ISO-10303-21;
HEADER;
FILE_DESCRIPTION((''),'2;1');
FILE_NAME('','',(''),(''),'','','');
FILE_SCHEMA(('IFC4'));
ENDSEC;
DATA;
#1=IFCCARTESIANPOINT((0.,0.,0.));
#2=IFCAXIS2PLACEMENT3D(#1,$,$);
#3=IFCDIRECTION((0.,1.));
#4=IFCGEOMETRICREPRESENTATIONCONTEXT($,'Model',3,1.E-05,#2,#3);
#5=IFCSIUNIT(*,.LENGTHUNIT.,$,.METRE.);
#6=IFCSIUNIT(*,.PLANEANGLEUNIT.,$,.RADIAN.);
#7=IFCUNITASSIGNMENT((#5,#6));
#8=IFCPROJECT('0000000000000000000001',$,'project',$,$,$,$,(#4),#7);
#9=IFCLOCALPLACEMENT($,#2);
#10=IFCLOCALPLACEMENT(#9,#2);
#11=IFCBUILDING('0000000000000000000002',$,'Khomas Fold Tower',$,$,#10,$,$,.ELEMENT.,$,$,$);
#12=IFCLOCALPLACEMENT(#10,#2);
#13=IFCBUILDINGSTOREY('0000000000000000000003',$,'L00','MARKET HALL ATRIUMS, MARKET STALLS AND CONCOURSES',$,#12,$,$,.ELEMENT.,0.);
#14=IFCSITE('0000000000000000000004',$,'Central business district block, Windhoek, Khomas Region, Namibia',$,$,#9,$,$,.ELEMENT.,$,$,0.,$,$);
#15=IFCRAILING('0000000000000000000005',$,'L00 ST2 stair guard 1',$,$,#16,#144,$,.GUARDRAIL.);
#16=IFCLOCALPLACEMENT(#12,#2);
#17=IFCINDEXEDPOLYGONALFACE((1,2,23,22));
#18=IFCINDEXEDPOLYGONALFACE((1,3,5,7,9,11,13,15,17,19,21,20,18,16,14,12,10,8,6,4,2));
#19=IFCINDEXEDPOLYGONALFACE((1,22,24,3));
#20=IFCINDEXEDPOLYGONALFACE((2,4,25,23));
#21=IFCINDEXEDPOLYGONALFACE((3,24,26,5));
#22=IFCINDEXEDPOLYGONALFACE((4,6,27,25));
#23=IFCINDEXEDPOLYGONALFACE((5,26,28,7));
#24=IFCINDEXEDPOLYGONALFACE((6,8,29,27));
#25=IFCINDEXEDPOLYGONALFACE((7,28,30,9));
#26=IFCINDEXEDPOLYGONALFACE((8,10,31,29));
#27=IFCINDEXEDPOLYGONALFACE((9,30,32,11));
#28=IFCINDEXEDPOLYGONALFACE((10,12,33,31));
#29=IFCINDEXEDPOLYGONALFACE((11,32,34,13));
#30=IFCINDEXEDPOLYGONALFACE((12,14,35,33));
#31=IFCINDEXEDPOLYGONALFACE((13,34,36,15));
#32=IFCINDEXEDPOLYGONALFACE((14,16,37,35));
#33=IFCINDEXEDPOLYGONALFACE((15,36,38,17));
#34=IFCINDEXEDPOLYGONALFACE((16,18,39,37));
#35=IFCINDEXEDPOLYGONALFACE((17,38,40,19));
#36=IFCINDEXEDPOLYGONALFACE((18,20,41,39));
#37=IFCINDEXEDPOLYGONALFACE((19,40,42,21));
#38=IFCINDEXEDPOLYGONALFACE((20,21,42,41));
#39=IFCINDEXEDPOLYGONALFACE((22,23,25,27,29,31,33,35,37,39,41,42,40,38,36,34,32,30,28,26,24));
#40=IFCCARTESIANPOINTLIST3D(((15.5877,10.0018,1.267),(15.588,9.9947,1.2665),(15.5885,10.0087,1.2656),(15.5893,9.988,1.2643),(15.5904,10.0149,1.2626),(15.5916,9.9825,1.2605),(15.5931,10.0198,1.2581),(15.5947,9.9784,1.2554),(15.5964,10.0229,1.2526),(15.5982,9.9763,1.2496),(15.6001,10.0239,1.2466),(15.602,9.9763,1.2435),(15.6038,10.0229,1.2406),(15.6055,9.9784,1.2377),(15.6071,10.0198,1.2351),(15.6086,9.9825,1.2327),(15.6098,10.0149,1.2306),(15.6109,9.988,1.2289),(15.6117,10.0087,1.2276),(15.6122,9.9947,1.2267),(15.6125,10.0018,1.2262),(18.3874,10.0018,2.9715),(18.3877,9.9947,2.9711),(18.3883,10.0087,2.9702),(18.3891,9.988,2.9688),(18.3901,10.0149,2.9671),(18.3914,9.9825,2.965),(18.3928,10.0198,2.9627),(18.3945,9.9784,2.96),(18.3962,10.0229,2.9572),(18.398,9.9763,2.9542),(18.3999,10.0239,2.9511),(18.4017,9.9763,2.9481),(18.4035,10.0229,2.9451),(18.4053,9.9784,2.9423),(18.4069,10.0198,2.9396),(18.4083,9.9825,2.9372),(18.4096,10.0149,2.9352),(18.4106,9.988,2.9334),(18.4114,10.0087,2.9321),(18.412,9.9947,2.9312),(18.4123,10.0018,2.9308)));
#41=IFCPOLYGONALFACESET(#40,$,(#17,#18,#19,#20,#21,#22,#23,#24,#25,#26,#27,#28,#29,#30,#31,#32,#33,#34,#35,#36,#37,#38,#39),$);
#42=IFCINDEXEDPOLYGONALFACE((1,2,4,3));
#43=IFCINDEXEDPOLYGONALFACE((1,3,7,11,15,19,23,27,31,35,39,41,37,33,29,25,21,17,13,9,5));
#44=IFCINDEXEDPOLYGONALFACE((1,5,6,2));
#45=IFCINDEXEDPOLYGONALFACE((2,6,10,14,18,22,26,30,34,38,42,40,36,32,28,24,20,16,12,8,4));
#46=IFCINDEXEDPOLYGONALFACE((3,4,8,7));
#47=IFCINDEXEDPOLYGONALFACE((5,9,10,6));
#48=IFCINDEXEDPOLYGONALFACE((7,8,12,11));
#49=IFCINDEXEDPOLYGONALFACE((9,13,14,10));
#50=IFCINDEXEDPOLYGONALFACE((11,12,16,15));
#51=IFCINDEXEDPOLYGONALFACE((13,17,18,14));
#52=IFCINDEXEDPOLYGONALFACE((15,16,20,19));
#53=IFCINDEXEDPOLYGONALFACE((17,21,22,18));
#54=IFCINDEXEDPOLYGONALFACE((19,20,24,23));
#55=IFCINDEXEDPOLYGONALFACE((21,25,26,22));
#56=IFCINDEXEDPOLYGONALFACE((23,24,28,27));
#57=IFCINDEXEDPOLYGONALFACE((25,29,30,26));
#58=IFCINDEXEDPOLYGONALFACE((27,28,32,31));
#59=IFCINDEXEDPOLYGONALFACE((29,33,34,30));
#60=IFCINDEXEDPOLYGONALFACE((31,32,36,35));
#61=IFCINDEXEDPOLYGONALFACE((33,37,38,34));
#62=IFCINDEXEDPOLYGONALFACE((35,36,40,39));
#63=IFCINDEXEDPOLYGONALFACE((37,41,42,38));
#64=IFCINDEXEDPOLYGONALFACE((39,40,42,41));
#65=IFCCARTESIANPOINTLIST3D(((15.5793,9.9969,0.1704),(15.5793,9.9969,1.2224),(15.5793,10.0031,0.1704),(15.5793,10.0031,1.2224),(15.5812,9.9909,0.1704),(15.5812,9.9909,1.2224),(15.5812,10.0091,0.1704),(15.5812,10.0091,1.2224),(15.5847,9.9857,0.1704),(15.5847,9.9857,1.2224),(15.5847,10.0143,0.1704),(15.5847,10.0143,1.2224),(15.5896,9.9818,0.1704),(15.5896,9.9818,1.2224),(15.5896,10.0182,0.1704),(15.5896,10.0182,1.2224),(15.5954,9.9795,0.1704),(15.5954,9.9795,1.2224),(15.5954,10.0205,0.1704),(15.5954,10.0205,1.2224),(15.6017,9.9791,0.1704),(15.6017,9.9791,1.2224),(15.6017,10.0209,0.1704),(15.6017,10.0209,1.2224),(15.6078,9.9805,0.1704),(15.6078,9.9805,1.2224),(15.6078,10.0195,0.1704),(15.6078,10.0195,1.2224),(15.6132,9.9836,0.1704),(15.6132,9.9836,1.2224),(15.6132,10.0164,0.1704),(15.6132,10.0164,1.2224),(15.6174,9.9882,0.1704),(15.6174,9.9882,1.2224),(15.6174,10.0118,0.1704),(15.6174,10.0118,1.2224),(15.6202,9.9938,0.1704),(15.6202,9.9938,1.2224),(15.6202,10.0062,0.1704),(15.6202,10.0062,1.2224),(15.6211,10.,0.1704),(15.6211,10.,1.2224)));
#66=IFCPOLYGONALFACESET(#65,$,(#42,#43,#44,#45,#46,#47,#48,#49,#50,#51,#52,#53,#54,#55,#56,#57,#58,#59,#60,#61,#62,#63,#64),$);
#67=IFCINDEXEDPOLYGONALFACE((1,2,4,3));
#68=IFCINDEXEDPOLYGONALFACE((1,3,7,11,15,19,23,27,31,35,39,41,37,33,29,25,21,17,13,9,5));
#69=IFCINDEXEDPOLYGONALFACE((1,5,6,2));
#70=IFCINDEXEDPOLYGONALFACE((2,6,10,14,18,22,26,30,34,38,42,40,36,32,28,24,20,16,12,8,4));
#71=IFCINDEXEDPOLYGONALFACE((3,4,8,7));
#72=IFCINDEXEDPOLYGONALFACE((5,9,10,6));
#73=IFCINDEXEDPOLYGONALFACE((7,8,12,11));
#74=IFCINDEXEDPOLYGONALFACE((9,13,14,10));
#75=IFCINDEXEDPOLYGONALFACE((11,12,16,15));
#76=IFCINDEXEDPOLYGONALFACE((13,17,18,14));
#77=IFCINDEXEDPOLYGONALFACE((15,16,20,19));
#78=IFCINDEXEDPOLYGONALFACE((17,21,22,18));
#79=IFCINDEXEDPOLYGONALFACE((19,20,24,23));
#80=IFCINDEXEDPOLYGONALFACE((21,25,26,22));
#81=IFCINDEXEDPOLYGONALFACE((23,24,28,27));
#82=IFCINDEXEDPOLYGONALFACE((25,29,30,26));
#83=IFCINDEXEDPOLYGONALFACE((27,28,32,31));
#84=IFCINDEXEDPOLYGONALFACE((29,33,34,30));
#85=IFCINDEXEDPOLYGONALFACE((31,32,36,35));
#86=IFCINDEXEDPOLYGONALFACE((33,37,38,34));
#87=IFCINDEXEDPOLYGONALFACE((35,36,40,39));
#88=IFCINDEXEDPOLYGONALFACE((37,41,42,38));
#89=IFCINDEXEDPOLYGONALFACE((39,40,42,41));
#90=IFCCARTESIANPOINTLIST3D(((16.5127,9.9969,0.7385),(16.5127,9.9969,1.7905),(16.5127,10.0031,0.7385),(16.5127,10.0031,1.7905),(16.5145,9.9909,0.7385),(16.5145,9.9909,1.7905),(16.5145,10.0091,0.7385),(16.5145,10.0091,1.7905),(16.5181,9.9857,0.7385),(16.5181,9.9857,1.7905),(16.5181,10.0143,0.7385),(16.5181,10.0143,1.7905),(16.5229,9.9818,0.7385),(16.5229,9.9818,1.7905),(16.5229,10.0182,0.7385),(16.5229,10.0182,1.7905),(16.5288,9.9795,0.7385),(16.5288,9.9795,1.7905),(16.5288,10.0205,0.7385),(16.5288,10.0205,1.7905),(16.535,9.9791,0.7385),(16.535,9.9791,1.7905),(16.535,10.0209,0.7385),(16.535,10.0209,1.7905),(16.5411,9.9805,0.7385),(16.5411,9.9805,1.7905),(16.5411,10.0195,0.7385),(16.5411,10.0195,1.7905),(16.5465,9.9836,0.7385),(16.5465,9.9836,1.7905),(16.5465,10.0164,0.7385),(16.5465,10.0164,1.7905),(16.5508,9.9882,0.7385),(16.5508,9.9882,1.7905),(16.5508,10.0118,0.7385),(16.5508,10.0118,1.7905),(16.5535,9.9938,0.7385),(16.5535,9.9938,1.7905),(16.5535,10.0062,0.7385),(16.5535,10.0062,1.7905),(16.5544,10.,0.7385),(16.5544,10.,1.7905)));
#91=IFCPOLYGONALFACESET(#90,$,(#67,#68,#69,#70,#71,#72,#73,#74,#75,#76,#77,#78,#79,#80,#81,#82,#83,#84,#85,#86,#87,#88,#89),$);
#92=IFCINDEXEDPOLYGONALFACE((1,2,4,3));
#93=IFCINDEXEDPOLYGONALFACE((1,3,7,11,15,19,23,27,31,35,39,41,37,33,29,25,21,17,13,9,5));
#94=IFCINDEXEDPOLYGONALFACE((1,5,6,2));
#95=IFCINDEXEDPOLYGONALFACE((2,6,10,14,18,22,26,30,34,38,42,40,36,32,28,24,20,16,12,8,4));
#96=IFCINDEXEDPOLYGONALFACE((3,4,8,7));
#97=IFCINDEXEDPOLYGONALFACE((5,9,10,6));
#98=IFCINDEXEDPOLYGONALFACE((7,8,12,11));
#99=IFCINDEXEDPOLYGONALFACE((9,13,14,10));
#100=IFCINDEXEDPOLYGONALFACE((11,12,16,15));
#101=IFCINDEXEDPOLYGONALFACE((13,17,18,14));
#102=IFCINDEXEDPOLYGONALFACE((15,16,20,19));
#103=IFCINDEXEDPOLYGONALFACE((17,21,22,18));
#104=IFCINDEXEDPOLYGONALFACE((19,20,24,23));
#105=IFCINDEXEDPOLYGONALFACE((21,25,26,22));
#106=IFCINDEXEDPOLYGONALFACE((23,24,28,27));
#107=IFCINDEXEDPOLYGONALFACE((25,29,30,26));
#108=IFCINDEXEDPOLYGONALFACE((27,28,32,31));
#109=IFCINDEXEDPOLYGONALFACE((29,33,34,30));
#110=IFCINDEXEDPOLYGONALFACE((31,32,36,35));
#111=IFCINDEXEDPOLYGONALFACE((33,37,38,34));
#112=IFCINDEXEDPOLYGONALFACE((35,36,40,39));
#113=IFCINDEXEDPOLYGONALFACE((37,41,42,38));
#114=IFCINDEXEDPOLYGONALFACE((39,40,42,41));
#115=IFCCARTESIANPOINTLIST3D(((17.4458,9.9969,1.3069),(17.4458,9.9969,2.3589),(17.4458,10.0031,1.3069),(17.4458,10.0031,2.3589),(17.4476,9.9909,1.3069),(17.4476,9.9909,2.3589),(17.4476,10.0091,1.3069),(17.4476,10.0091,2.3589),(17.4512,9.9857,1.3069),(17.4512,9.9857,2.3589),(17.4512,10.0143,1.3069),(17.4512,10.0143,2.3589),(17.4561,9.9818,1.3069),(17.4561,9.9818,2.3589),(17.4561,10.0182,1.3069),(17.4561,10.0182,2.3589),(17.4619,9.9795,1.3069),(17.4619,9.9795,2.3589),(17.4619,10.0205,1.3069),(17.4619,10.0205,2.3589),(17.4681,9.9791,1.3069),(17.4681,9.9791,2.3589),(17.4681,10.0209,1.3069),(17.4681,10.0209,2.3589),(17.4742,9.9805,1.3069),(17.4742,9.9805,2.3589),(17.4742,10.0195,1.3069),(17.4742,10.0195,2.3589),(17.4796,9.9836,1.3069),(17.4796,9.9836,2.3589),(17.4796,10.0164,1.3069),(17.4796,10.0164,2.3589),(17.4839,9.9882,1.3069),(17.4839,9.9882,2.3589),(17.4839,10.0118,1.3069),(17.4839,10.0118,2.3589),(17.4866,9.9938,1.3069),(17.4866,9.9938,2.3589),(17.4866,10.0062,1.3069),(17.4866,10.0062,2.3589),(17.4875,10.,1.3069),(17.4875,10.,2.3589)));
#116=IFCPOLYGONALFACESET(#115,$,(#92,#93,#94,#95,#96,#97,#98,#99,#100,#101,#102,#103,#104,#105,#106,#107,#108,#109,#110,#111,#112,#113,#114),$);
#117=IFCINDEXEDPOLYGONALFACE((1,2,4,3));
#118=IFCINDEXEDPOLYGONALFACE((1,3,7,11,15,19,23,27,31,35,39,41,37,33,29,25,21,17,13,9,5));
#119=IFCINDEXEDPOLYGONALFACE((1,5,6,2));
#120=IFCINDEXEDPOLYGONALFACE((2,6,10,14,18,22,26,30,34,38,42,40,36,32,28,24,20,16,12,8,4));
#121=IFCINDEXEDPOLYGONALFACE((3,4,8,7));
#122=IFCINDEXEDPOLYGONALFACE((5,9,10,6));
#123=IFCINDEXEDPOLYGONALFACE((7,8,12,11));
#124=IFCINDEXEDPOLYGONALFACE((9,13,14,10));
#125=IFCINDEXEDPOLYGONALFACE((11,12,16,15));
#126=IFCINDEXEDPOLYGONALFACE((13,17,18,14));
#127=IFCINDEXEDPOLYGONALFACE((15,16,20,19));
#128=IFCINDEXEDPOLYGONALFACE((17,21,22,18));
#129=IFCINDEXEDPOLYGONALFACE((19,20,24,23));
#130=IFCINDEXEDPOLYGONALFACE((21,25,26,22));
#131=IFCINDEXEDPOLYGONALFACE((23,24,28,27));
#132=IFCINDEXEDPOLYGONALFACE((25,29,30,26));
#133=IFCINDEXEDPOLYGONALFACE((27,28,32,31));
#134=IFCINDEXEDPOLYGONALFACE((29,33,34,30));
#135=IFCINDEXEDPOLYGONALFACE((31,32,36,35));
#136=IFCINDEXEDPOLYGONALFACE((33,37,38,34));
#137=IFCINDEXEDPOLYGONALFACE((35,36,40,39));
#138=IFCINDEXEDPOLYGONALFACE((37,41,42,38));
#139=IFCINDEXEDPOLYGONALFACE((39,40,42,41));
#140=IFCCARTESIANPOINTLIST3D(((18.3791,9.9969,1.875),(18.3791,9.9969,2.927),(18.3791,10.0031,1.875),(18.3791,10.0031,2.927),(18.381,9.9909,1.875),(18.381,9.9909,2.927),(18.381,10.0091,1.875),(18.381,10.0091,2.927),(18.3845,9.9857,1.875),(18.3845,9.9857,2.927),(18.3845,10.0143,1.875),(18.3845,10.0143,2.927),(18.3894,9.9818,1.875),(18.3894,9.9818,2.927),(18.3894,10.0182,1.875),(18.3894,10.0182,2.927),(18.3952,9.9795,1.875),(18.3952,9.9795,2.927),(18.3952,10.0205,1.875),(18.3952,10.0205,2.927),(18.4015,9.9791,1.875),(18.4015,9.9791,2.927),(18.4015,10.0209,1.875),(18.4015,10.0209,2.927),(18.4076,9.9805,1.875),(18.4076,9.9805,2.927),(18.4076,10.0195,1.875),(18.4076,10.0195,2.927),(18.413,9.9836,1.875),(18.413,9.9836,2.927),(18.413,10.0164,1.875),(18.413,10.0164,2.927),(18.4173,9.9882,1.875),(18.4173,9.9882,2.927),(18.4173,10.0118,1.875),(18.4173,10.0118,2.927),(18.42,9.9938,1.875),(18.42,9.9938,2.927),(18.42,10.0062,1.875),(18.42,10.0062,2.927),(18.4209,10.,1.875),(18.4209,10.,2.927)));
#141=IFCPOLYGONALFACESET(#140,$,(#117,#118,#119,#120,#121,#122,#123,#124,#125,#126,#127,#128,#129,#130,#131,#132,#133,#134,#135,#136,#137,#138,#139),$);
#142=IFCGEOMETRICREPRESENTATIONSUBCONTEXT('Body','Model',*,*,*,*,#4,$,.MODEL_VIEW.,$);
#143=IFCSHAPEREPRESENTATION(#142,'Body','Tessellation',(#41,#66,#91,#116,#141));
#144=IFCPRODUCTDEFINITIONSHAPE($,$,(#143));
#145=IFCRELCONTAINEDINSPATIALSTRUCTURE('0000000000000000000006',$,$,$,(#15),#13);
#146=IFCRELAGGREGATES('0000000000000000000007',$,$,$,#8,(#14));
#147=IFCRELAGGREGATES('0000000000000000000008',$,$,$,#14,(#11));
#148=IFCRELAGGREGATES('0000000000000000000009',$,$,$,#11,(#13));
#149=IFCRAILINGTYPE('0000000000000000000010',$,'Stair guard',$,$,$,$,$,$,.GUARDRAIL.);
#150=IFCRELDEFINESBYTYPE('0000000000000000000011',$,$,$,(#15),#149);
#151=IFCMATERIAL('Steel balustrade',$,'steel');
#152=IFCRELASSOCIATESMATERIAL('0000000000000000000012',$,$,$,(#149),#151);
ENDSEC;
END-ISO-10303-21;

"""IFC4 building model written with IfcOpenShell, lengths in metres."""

from ifc_helpers import new_model, si_unit, direction, frame, origin, origin_2d, place, context, subcontext, project, spatial, circle, extrude, source, transform, mapped, material, type_object, element, save


model = new_model("IFC4")

# Units and contexts
model_context = context("Model", 3, precision=1e-05, world=origin(), true_north=direction((0.0, 1.0)))
body_context = subcontext(model_context, "Body", "Model", "MODEL_VIEW")
ifc_project = project(units=[si_unit("LENGTHUNIT", "METRE"), si_unit("PLANEANGLEUNIT", "RADIAN")], contexts=[model_context])

# Site, building, storey
site_placement = place(None, origin())
site = spatial("IfcSite", under=ifc_project, at=site_placement, Name="Central business district block, Windhoek, Khomas Region, Namibia", CompositionType="ELEMENT", RefElevation=0.0)
building_placement = place(site_placement, origin())
building = spatial("IfcBuilding", under=site, at=building_placement, Name="Khomas Fold Tower", CompositionType="ELEMENT")
storey_placement = place(building_placement, origin())
storey = spatial("IfcBuildingStorey", under=building, at=storey_placement, Name="L00", Description="MARKET HALL ATRIUMS, MARKET STALLS AND CONCOURSES", CompositionType="ELEMENT", Elevation=0.0)

# Railing
ifc_material_1 = material(Name="Steel balustrade", Category="steel")
railing_type_1 = type_object("IfcRailingType", Name="Stair guard", PredefinedType="GUARDRAIL", material=ifc_material_1)
shared_shape_1 = source(origin(), body_context, "Body", "SweptSolid", [
    extrude(circle(Radius=0.0239, at=origin_2d()), frame((0.0, 0.0, 1.0762), z_axis=(0.85415, 0.0, 0.520027), x_axis=(0.0, 1.0, 0.0)), (0.0, 0.0, 1.0), 3.2778),
    extrude(circle(Radius=0.021, at=origin_2d()), origin(), (0.0, 0.0, 1.0), 1.052),
    extrude(circle(Radius=0.021, at=origin_2d()), frame((0.9333, 0.0, 0.5681)), (0.0, 0.0, 1.0), 1.052),
    extrude(circle(Radius=0.021, at=origin_2d()), frame((1.8665, 0.0, 1.1365)), (0.0, 0.0, 1.0), 1.052),
    extrude(circle(Radius=0.021, at=origin_2d()), frame((2.7998, 0.0, 1.7046)), (0.0, 0.0, 1.0), 1.052),
])
for number, where, name in (
    (1, (15.6001, 10.0, 0.1704), "L00 ST2 stair guard 1"),
):
    element("IfcRailing", number, at=place(storey_placement, frame(where)), inside=storey, type_object=railing_type_1, Name=name, PredefinedType="GUARDRAIL", context=body_context, shape_type="MappedRepresentation", body=[
        mapped(shared_shape_1, transform((0.0, 0.0, 0.0))),
    ])

save(model, "model.ifc")
